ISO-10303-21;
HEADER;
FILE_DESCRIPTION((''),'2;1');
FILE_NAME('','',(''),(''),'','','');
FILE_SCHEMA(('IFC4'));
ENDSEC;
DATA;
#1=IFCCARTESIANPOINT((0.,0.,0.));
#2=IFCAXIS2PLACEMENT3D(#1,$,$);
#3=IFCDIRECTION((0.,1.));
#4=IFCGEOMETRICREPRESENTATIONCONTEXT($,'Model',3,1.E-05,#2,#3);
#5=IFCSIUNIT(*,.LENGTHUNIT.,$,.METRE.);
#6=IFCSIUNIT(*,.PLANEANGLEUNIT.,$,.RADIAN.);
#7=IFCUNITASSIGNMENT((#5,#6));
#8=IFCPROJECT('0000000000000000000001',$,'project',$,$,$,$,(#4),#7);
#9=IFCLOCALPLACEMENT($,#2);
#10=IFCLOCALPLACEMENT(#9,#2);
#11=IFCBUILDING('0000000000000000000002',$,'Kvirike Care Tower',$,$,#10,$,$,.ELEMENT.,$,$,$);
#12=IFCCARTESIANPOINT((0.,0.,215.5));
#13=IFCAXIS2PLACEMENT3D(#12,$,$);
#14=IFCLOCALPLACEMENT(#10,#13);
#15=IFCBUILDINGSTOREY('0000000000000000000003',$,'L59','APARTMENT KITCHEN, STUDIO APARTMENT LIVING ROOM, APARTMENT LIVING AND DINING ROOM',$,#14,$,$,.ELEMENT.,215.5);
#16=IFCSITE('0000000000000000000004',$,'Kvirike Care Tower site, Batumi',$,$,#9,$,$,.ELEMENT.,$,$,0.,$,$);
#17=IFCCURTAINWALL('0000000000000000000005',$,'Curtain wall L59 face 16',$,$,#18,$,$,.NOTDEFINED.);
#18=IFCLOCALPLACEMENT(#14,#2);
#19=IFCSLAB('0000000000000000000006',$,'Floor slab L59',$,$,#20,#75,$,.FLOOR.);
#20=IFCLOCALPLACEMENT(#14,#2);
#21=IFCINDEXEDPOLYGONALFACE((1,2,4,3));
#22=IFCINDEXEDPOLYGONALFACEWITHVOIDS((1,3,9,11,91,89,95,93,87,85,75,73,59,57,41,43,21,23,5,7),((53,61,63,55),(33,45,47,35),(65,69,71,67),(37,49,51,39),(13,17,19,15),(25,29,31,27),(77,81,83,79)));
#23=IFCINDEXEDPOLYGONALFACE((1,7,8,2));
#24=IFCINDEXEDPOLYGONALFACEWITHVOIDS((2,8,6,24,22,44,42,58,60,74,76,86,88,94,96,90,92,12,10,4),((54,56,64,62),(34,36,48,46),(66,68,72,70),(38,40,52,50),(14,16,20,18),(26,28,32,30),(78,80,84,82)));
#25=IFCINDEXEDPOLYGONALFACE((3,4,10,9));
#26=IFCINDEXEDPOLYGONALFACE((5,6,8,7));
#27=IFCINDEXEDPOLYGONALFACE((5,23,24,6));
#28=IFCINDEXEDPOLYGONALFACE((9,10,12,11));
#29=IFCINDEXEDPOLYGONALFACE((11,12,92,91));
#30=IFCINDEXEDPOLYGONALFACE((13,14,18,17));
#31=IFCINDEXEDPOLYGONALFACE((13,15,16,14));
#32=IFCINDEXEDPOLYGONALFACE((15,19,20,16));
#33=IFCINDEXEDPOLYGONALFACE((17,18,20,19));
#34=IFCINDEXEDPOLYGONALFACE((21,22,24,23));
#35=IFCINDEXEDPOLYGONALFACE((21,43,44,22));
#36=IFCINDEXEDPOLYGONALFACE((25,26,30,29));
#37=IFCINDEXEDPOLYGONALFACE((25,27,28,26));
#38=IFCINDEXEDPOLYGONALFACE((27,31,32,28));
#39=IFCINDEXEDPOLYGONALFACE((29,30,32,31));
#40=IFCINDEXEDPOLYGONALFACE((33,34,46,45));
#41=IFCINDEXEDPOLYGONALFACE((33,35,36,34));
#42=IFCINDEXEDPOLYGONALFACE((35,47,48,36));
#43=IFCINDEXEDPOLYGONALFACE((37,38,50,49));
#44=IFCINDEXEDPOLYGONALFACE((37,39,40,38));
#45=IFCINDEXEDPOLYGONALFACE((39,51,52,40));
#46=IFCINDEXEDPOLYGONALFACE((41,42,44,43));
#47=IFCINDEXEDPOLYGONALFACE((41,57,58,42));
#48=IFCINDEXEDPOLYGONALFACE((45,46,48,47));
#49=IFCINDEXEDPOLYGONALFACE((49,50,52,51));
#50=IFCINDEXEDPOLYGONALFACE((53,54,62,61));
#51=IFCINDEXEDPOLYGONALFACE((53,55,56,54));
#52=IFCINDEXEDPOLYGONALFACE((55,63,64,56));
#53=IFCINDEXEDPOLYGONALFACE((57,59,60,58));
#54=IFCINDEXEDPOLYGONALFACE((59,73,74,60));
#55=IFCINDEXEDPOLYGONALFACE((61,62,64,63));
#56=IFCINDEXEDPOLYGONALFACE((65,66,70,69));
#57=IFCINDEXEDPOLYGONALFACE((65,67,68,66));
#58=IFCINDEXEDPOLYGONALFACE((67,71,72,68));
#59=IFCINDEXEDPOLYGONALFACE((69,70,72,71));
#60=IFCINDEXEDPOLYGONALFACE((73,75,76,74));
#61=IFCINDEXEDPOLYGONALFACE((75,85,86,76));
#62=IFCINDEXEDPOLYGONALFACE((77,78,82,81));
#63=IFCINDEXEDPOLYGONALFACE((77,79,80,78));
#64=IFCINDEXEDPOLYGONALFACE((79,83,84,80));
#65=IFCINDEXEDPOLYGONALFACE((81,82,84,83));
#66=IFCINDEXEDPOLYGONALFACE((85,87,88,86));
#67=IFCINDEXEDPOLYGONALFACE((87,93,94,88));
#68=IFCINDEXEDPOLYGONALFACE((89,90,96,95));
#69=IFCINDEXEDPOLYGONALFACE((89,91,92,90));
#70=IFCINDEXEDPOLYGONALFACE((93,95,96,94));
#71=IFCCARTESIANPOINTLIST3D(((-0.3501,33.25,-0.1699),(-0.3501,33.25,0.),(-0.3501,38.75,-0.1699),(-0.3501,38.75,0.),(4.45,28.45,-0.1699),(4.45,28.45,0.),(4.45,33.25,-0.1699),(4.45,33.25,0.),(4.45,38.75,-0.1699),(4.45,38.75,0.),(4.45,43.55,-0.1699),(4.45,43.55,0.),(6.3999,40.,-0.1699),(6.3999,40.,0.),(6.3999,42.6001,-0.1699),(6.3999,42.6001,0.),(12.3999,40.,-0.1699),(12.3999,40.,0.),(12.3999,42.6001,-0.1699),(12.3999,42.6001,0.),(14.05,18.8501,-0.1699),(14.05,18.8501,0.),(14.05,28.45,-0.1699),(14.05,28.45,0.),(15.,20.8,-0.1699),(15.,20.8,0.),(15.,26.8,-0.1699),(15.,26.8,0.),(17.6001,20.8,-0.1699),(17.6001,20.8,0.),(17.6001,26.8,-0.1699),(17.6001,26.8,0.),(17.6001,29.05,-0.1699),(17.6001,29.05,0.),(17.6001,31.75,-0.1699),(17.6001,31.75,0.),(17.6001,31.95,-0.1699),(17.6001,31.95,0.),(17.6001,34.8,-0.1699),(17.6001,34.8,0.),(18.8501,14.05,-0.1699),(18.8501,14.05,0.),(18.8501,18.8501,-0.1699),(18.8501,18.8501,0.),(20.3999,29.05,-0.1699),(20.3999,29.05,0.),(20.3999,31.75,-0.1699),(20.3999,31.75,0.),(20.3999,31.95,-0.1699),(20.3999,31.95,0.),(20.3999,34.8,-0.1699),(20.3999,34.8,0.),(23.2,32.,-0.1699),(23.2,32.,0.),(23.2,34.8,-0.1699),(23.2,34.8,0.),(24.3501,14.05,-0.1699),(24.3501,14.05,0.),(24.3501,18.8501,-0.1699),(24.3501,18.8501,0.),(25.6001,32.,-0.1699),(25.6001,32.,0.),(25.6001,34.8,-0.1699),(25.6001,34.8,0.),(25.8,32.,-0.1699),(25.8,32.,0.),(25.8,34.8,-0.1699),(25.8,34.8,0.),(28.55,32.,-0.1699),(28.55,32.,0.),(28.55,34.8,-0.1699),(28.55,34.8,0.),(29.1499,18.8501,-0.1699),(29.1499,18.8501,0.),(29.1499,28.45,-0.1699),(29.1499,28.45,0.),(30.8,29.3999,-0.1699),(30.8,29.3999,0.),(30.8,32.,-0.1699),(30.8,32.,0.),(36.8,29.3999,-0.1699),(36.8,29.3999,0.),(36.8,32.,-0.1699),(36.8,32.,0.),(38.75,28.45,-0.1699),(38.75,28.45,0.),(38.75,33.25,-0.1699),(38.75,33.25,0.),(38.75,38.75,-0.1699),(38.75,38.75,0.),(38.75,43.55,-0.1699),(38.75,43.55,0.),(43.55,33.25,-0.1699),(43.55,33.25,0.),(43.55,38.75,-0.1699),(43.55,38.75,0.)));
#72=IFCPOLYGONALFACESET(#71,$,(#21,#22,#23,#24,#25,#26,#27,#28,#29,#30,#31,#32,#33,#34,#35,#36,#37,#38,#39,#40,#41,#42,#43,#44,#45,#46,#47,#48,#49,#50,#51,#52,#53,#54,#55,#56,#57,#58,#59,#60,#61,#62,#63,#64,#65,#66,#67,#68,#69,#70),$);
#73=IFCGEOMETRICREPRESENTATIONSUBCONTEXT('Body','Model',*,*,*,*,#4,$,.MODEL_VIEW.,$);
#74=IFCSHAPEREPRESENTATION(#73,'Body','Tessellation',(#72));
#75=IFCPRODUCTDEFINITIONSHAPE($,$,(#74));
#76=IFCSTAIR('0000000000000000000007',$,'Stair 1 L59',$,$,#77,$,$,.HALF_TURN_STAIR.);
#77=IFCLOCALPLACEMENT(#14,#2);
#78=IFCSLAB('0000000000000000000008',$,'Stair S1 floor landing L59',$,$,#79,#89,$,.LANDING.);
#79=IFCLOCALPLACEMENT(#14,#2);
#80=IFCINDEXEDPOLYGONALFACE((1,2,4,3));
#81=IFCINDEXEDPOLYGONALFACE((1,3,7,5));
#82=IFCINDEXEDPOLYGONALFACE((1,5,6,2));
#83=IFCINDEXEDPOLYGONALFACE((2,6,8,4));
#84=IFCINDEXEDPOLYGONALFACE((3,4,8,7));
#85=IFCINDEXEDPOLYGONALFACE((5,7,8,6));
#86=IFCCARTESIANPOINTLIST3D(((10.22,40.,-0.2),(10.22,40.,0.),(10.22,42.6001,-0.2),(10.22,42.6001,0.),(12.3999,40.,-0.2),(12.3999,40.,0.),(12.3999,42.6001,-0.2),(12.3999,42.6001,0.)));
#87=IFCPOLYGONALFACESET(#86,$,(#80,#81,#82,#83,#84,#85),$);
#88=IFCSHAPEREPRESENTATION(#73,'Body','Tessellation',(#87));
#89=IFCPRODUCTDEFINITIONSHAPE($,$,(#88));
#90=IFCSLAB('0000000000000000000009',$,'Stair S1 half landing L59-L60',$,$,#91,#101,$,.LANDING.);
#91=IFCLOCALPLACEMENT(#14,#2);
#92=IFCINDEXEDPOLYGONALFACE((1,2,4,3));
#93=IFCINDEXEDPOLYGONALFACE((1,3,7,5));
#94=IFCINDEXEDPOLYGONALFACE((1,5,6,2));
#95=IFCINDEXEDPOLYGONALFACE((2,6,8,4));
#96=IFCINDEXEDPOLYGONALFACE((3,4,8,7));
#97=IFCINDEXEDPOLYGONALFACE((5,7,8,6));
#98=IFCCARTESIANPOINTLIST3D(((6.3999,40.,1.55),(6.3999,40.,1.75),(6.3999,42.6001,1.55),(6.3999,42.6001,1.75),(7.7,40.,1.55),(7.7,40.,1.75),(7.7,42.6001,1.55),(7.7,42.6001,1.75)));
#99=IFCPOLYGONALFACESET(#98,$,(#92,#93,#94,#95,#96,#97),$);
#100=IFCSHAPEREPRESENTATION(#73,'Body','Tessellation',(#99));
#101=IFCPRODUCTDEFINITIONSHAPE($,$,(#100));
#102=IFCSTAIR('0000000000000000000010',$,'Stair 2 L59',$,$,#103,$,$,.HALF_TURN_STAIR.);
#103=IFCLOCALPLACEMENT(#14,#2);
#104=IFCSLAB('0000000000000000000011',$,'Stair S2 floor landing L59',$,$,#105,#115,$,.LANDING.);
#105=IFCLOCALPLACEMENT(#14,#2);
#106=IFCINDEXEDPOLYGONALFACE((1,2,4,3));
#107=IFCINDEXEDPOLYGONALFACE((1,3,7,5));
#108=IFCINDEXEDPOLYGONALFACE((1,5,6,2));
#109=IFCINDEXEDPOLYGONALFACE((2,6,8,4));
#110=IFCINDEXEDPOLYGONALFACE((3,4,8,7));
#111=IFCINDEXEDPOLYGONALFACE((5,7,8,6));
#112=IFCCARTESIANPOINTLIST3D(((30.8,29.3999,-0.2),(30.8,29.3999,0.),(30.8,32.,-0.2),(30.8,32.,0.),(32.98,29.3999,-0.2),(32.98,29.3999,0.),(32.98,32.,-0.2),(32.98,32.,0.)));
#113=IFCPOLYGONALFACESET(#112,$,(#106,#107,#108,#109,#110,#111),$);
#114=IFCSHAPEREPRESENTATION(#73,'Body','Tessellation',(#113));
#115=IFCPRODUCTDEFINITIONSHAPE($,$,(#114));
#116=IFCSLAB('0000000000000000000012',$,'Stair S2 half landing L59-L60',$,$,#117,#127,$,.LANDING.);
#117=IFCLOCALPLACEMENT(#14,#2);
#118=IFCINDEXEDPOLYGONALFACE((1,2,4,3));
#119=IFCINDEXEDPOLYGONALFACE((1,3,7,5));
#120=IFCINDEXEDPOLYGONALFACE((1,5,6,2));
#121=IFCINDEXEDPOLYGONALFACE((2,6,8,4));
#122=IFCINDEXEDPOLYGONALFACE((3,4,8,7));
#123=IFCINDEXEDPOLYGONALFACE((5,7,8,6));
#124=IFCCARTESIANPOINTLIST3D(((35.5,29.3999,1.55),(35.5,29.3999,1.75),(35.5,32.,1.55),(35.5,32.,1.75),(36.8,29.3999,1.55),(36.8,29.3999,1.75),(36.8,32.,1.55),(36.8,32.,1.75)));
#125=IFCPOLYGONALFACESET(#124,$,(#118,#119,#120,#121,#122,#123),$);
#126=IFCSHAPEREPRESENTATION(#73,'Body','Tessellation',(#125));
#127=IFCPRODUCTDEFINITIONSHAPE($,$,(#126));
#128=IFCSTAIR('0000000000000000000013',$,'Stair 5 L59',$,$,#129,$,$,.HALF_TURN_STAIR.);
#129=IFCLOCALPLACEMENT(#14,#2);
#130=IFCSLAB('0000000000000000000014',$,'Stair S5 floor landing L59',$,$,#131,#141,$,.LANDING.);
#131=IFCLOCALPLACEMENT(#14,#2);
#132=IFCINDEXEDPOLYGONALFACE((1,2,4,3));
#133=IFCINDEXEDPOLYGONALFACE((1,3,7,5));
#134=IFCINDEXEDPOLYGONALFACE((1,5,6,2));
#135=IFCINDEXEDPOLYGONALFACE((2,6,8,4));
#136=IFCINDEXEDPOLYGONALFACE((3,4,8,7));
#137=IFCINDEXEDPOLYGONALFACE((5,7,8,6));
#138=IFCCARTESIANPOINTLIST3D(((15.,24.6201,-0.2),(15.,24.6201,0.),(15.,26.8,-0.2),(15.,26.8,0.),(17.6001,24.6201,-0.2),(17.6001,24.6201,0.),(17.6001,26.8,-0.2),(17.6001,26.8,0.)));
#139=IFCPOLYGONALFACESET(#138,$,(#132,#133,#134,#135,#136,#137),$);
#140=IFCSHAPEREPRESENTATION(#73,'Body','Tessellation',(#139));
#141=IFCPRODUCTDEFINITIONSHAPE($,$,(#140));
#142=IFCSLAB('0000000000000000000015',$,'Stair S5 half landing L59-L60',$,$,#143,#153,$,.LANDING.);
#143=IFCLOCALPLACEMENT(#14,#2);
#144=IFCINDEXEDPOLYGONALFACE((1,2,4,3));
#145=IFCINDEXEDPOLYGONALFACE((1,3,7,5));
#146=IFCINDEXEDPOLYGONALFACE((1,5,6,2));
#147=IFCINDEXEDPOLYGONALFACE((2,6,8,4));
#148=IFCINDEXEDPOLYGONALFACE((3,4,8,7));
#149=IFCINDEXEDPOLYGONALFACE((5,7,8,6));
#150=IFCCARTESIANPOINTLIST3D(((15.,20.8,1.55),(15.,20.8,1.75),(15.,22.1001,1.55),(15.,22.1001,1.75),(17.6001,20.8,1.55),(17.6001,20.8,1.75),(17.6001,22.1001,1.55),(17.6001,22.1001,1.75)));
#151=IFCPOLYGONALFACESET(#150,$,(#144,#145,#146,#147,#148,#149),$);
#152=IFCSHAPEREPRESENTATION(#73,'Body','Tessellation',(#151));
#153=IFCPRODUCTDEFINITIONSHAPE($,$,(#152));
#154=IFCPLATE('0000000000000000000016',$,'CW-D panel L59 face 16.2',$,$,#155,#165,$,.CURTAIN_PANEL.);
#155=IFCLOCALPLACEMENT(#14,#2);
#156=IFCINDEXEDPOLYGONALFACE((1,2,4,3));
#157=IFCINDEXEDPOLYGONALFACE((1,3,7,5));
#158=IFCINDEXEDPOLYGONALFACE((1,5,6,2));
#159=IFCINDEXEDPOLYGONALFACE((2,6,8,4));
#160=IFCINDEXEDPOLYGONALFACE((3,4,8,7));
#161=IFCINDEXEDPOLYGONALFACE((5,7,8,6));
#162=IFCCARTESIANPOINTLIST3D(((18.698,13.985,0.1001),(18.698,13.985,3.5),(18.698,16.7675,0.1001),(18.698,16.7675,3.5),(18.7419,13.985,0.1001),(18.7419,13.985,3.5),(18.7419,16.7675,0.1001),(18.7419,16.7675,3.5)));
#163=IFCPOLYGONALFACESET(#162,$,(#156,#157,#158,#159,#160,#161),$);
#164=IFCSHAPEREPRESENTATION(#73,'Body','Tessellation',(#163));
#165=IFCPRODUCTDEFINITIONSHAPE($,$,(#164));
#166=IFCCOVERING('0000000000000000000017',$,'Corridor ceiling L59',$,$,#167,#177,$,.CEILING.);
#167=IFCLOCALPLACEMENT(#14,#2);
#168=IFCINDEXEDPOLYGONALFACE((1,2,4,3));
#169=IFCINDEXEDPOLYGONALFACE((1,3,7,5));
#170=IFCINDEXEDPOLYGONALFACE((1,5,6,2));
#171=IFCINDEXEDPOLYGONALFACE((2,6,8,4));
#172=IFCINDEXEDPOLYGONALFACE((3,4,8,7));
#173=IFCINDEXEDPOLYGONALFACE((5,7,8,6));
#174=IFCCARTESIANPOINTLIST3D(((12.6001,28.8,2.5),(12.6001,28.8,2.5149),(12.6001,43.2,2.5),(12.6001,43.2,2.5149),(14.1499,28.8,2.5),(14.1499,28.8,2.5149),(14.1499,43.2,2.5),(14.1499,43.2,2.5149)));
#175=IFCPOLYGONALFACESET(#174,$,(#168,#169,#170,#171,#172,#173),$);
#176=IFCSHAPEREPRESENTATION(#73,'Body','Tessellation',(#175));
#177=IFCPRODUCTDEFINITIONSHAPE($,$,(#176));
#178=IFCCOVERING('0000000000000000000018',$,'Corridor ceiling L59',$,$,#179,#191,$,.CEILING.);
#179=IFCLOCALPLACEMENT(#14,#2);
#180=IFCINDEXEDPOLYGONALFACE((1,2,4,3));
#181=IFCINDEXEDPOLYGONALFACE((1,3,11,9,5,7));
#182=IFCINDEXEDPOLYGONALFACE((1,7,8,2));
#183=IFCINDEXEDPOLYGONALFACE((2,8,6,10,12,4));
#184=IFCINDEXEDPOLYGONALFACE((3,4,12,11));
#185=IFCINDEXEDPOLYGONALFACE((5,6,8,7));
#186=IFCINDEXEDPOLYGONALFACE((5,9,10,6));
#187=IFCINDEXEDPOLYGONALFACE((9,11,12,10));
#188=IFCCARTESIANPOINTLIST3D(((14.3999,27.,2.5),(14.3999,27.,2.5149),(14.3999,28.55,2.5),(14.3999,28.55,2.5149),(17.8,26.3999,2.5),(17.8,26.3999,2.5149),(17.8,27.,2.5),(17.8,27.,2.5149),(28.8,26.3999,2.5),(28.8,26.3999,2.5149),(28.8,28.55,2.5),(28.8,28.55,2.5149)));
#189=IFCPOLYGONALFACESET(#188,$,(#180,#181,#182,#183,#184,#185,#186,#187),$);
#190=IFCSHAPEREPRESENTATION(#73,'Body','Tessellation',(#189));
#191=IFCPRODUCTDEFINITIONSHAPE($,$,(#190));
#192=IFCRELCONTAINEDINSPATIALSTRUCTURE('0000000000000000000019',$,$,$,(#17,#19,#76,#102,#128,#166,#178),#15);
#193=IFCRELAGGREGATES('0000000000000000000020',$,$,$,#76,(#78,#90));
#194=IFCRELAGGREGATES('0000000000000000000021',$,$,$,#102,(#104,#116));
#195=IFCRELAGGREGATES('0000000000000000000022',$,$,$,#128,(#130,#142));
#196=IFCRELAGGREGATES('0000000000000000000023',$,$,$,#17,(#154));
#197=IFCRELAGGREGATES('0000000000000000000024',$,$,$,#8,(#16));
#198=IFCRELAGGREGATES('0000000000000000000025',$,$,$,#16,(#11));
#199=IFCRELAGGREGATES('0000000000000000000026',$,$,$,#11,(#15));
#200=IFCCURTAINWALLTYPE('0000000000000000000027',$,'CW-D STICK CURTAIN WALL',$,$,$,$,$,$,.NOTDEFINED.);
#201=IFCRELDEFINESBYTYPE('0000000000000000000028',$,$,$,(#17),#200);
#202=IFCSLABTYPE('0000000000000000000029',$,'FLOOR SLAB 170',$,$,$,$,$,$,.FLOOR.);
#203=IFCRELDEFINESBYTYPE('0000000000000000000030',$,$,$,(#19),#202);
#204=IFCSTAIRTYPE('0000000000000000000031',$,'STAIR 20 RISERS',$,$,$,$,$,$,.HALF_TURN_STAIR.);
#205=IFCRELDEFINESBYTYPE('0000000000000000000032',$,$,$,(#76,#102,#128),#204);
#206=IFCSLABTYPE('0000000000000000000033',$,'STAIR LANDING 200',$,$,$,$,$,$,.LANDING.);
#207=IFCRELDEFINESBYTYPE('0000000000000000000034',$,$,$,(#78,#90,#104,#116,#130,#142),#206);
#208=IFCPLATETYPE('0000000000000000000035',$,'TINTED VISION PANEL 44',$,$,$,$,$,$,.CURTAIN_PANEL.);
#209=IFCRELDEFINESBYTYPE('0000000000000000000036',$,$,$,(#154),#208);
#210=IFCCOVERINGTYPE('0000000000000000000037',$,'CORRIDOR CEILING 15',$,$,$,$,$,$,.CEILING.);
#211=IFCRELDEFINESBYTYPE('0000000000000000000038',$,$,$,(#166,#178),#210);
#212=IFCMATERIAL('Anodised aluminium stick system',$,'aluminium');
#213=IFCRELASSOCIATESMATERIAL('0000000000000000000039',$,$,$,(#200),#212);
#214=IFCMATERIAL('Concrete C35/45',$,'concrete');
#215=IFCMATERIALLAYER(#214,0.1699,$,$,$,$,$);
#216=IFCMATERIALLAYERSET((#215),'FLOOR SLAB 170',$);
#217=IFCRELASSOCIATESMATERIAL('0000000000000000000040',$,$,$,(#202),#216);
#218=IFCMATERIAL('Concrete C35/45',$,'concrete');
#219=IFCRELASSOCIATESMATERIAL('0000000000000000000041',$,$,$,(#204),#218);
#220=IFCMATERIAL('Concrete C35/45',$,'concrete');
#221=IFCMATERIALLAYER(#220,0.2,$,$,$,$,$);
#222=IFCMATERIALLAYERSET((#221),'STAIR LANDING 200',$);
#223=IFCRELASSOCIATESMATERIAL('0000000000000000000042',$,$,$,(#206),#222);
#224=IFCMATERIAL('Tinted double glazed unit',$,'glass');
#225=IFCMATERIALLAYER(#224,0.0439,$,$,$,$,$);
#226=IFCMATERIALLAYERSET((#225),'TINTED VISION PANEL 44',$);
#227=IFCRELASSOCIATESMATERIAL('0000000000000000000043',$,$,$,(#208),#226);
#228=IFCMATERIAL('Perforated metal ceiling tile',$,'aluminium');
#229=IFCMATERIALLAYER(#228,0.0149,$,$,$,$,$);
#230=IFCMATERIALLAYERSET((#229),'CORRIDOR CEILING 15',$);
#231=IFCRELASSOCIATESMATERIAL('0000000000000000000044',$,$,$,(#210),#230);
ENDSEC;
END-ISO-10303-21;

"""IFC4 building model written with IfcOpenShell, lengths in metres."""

from ifc_helpers import new_model, si_unit, direction, frame, origin, origin_2d, place, context, subcontext, project, spatial, polyline, rectangle, outline, extrude, material, layer, layer_set, type_object, element, aggregate, save


model = new_model("IFC4")

# Units and contexts
model_context = context("Model", 3, precision=1e-05, world=origin(), true_north=direction((0.0, 1.0)))
body_context = subcontext(model_context, "Body", "Model", "MODEL_VIEW")
ifc_project = project(units=[si_unit("LENGTHUNIT", "METRE"), si_unit("PLANEANGLEUNIT", "RADIAN")], contexts=[model_context])

# Site, building, storey
site_placement = place(None, origin())
site = spatial("IfcSite", under=ifc_project, at=site_placement, Name="Kvirike Care Tower site, Batumi", CompositionType="ELEMENT", RefElevation=0.0)
building_placement = place(site_placement, origin())
building = spatial("IfcBuilding", under=site, at=building_placement, Name="Kvirike Care Tower", CompositionType="ELEMENT")
storey_placement = place(building_placement, frame((0.0, 0.0, 215.5)))
storey = spatial("IfcBuildingStorey", under=building, at=storey_placement, Name="L59", Description="APARTMENT KITCHEN, STUDIO APARTMENT LIVING ROOM, APARTMENT LIVING AND DINING ROOM", CompositionType="ELEMENT", Elevation=215.5)

# Curtain wall
ifc_material_1 = material(Name="Anodised aluminium stick system", Category="aluminium")
curtain_wall_type = type_object("IfcCurtainWallType", Name="CW-D STICK CURTAIN WALL", PredefinedType="NOTDEFINED", material=ifc_material_1)
curtain_wall_1_placement = place(storey_placement, origin())
curtain_wall_1 = element("IfcCurtainWall", 1, at=curtain_wall_1_placement, inside=storey, type_object=curtain_wall_type, Name="Curtain wall L59 face 16", PredefinedType="NOTDEFINED")

# Slab
ifc_material_2 = material(Name="Concrete C35/45", Category="concrete")
ifc_layer_1 = layer(ifc_material_2, 0.1699)
ifc_layer_set_1 = layer_set([ifc_layer_1], Name="FLOOR SLAB 170")
slab_type_1 = type_object("IfcSlabType", Name="FLOOR SLAB 170", PredefinedType="FLOOR", material=ifc_layer_set_1)
slab_1_placement = place(storey_placement, frame((0.0, 0.0, -0.1699)))
element("IfcSlab", 2, at=slab_1_placement, inside=storey, type_object=slab_type_1, Name="Floor slab L59", PredefinedType="FLOOR", context=body_context, shape_type="SweptSolid", body=[
    extrude(outline(polyline([(29.1499, 28.45), (38.75, 28.45), (38.75, 33.25), (43.55, 33.25), (43.55, 38.75), (38.75, 38.75), (38.75, 43.55), (4.45, 43.55), (4.45, 38.75), (-0.3501, 38.75), (-0.3501, 33.25), (4.45, 33.25), (4.45, 28.45), (14.05, 28.45), (14.05, 18.8501), (18.8501, 18.8501), (18.8501, 14.05), (24.3501, 14.05), (24.3501, 18.8501), (29.1499, 18.8501), (29.1499, 28.45)]), holes=[polyline([(17.6001, 29.05), (17.6001, 31.75), (20.3999, 31.75), (20.3999, 29.05), (17.6001, 29.05)]), polyline([(17.6001, 31.95), (17.6001, 34.8), (20.3999, 34.8), (20.3999, 31.95), (17.6001, 31.95)]), polyline([(23.2, 32.0), (23.2, 34.8), (25.6001, 34.8), (25.6001, 32.0), (23.2, 32.0)]), polyline([(25.8, 32.0), (25.8, 34.8), (28.55, 34.8), (28.55, 32.0), (25.8, 32.0)]), polyline([(12.3999, 42.6001), (12.3999, 40.0), (6.3999, 40.0), (6.3999, 42.6001), (12.3999, 42.6001)]), polyline([(30.8, 29.3999), (30.8, 32.0), (36.8, 32.0), (36.8, 29.3999), (30.8, 29.3999)]), polyline([(15.0, 26.8), (17.6001, 26.8), (17.6001, 20.8), (15.0, 20.8), (15.0, 26.8)])]), origin(), (0.0, 0.0, 1.0), 0.1699),
])

# Stairs, slabs
ifc_material_3 = material(Name="Concrete C35/45", Category="concrete")
stair_type = type_object("IfcStairType", Name="STAIR 20 RISERS", PredefinedType="HALF_TURN_STAIR", material=ifc_material_3)
stair_1_placement = place(storey_placement, origin())
stair_1 = element("IfcStair", 3, at=stair_1_placement, inside=storey, type_object=stair_type, Name="Stair 1 L59", PredefinedType="HALF_TURN_STAIR")
ifc_material_4 = material(Name="Concrete C35/45", Category="concrete")
ifc_layer_2 = layer(ifc_material_4, 0.2)
ifc_layer_set_2 = layer_set([ifc_layer_2], Name="STAIR LANDING 200")
slab_type_2 = type_object("IfcSlabType", Name="STAIR LANDING 200", PredefinedType="LANDING", material=ifc_layer_set_2)
slab_2_placement = place(storey_placement, frame((0.0, 0.0, -0.2)))
slab_2 = element("IfcSlab", 4, at=slab_2_placement, type_object=slab_type_2, Name="Stair S1 floor landing L59", PredefinedType="LANDING", context=body_context, shape_type="SweptSolid", body=[
    extrude(outline(polyline([(10.22, 42.6001), (10.22, 40.0), (12.3999, 40.0), (12.3999, 42.6001), (10.22, 42.6001)])), origin(), (0.0, 0.0, 1.0), 0.2),
])
slab_3_placement = place(storey_placement, frame((0.0, 0.0, 1.55)))
slab_3 = element("IfcSlab", 5, at=slab_3_placement, type_object=slab_type_2, Name="Stair S1 half landing L59-L60", PredefinedType="LANDING", context=body_context, shape_type="SweptSolid", body=[
    extrude(outline(polyline([(6.3999, 42.6001), (6.3999, 40.0), (7.7, 40.0), (7.7, 42.6001), (6.3999, 42.6001)])), origin(), (0.0, 0.0, 1.0), 0.2),
])
aggregate(stair_1, [slab_2, slab_3])
stair_2_placement = place(storey_placement, origin())
stair_2 = element("IfcStair", 6, at=stair_2_placement, inside=storey, type_object=stair_type, Name="Stair 2 L59", PredefinedType="HALF_TURN_STAIR")
slab_4_placement = place(storey_placement, frame((0.0, 0.0, -0.2)))
slab_4 = element("IfcSlab", 7, at=slab_4_placement, type_object=slab_type_2, Name="Stair S2 floor landing L59", PredefinedType="LANDING", context=body_context, shape_type="SweptSolid", body=[
    extrude(outline(polyline([(32.98, 29.3999), (32.98, 32.0), (30.8, 32.0), (30.8, 29.3999), (32.98, 29.3999)])), origin(), (0.0, 0.0, 1.0), 0.2),
])
slab_5_placement = place(storey_placement, frame((0.0, 0.0, 1.55)))
slab_5 = element("IfcSlab", 8, at=slab_5_placement, type_object=slab_type_2, Name="Stair S2 half landing L59-L60", PredefinedType="LANDING", context=body_context, shape_type="SweptSolid", body=[
    extrude(outline(polyline([(36.8, 29.3999), (36.8, 32.0), (35.5, 32.0), (35.5, 29.3999), (36.8, 29.3999)])), origin(), (0.0, 0.0, 1.0), 0.2),
])
aggregate(stair_2, [slab_4, slab_5])
stair_3_placement = place(storey_placement, origin())
stair_3 = element("IfcStair", 9, at=stair_3_placement, inside=storey, type_object=stair_type, Name="Stair 5 L59", PredefinedType="HALF_TURN_STAIR")
slab_6_placement = place(storey_placement, frame((0.0, 0.0, -0.2)))
slab_6 = element("IfcSlab", 10, at=slab_6_placement, type_object=slab_type_2, Name="Stair S5 floor landing L59", PredefinedType="LANDING", context=body_context, shape_type="SweptSolid", body=[
    extrude(outline(polyline([(15.0, 24.6201), (17.6001, 24.6201), (17.6001, 26.8), (15.0, 26.8), (15.0, 24.6201)])), origin(), (0.0, 0.0, 1.0), 0.2),
])
slab_7_placement = place(storey_placement, frame((0.0, 0.0, 1.55)))
slab_7 = element("IfcSlab", 11, at=slab_7_placement, type_object=slab_type_2, Name="Stair S5 half landing L59-L60", PredefinedType="LANDING", context=body_context, shape_type="SweptSolid", body=[
    extrude(outline(polyline([(15.0, 20.8), (17.6001, 20.8), (17.6001, 22.1001), (15.0, 22.1001), (15.0, 20.8)])), origin(), (0.0, 0.0, 1.0), 0.2),
])
aggregate(stair_3, [slab_6, slab_7])

# Plate
ifc_material_5 = material(Name="Tinted double glazed unit", Category="glass")
ifc_layer_3 = layer(ifc_material_5, 0.0439)
ifc_layer_set_3 = layer_set([ifc_layer_3], Name="TINTED VISION PANEL 44")
plate_type = type_object("IfcPlateType", Name="TINTED VISION PANEL 44", PredefinedType="CURTAIN_PANEL", material=ifc_layer_set_3)
plate_placement = place(storey_placement, frame((18.72, 15.3762, 0.1001), z_axis=(0.0, 0.0, 1.0), x_axis=(0.0, -1.0, 0.0)))
plate = element("IfcPlate", 12, at=plate_placement, type_object=plate_type, Name="CW-D panel L59 face 16.2", PredefinedType="CURTAIN_PANEL", context=body_context, shape_type="SweptSolid", body=[
    extrude(rectangle(XDim=2.7825, YDim=0.0439, at=origin_2d()), origin(), (0.0, 0.0, 1.0), 3.3999),
])
aggregate(curtain_wall_1, [plate])

# Coverings
ifc_material_6 = material(Name="Perforated metal ceiling tile", Category="aluminium")
ifc_layer_4 = layer(ifc_material_6, 0.0149)
ifc_layer_set_4 = layer_set([ifc_layer_4], Name="CORRIDOR CEILING 15")
covering_type_1 = type_object("IfcCoveringType", Name="CORRIDOR CEILING 15", PredefinedType="CEILING", material=ifc_layer_set_4)
covering_1_placement = place(storey_placement, frame((0.0, 0.0, 2.5)))
element("IfcCovering", 13, at=covering_1_placement, inside=storey, type_object=covering_type_1, Name="Corridor ceiling L59", PredefinedType="CEILING", context=body_context, shape_type="SweptSolid", body=[
    extrude(outline(polyline([(12.6001, 43.2), (14.1499, 43.2), (14.1499, 28.8), (12.6001, 28.8), (12.6001, 43.2)])), origin(), (0.0, 0.0, 1.0), 0.0149),
])
covering_2_placement = place(storey_placement, frame((0.0, 0.0, 2.5)))
element("IfcCovering", 14, at=covering_2_placement, inside=storey, type_object=covering_type_1, Name="Corridor ceiling L59", PredefinedType="CEILING", context=body_context, shape_type="SweptSolid", body=[
    extrude(outline(polyline([(14.3999, 28.55), (28.8, 28.55), (28.8, 26.3999), (17.8, 26.3999), (17.8, 27.0), (14.3999, 27.0), (14.3999, 28.55)])), origin(), (0.0, 0.0, 1.0), 0.0149),
])

save(model, "model.ifc")
